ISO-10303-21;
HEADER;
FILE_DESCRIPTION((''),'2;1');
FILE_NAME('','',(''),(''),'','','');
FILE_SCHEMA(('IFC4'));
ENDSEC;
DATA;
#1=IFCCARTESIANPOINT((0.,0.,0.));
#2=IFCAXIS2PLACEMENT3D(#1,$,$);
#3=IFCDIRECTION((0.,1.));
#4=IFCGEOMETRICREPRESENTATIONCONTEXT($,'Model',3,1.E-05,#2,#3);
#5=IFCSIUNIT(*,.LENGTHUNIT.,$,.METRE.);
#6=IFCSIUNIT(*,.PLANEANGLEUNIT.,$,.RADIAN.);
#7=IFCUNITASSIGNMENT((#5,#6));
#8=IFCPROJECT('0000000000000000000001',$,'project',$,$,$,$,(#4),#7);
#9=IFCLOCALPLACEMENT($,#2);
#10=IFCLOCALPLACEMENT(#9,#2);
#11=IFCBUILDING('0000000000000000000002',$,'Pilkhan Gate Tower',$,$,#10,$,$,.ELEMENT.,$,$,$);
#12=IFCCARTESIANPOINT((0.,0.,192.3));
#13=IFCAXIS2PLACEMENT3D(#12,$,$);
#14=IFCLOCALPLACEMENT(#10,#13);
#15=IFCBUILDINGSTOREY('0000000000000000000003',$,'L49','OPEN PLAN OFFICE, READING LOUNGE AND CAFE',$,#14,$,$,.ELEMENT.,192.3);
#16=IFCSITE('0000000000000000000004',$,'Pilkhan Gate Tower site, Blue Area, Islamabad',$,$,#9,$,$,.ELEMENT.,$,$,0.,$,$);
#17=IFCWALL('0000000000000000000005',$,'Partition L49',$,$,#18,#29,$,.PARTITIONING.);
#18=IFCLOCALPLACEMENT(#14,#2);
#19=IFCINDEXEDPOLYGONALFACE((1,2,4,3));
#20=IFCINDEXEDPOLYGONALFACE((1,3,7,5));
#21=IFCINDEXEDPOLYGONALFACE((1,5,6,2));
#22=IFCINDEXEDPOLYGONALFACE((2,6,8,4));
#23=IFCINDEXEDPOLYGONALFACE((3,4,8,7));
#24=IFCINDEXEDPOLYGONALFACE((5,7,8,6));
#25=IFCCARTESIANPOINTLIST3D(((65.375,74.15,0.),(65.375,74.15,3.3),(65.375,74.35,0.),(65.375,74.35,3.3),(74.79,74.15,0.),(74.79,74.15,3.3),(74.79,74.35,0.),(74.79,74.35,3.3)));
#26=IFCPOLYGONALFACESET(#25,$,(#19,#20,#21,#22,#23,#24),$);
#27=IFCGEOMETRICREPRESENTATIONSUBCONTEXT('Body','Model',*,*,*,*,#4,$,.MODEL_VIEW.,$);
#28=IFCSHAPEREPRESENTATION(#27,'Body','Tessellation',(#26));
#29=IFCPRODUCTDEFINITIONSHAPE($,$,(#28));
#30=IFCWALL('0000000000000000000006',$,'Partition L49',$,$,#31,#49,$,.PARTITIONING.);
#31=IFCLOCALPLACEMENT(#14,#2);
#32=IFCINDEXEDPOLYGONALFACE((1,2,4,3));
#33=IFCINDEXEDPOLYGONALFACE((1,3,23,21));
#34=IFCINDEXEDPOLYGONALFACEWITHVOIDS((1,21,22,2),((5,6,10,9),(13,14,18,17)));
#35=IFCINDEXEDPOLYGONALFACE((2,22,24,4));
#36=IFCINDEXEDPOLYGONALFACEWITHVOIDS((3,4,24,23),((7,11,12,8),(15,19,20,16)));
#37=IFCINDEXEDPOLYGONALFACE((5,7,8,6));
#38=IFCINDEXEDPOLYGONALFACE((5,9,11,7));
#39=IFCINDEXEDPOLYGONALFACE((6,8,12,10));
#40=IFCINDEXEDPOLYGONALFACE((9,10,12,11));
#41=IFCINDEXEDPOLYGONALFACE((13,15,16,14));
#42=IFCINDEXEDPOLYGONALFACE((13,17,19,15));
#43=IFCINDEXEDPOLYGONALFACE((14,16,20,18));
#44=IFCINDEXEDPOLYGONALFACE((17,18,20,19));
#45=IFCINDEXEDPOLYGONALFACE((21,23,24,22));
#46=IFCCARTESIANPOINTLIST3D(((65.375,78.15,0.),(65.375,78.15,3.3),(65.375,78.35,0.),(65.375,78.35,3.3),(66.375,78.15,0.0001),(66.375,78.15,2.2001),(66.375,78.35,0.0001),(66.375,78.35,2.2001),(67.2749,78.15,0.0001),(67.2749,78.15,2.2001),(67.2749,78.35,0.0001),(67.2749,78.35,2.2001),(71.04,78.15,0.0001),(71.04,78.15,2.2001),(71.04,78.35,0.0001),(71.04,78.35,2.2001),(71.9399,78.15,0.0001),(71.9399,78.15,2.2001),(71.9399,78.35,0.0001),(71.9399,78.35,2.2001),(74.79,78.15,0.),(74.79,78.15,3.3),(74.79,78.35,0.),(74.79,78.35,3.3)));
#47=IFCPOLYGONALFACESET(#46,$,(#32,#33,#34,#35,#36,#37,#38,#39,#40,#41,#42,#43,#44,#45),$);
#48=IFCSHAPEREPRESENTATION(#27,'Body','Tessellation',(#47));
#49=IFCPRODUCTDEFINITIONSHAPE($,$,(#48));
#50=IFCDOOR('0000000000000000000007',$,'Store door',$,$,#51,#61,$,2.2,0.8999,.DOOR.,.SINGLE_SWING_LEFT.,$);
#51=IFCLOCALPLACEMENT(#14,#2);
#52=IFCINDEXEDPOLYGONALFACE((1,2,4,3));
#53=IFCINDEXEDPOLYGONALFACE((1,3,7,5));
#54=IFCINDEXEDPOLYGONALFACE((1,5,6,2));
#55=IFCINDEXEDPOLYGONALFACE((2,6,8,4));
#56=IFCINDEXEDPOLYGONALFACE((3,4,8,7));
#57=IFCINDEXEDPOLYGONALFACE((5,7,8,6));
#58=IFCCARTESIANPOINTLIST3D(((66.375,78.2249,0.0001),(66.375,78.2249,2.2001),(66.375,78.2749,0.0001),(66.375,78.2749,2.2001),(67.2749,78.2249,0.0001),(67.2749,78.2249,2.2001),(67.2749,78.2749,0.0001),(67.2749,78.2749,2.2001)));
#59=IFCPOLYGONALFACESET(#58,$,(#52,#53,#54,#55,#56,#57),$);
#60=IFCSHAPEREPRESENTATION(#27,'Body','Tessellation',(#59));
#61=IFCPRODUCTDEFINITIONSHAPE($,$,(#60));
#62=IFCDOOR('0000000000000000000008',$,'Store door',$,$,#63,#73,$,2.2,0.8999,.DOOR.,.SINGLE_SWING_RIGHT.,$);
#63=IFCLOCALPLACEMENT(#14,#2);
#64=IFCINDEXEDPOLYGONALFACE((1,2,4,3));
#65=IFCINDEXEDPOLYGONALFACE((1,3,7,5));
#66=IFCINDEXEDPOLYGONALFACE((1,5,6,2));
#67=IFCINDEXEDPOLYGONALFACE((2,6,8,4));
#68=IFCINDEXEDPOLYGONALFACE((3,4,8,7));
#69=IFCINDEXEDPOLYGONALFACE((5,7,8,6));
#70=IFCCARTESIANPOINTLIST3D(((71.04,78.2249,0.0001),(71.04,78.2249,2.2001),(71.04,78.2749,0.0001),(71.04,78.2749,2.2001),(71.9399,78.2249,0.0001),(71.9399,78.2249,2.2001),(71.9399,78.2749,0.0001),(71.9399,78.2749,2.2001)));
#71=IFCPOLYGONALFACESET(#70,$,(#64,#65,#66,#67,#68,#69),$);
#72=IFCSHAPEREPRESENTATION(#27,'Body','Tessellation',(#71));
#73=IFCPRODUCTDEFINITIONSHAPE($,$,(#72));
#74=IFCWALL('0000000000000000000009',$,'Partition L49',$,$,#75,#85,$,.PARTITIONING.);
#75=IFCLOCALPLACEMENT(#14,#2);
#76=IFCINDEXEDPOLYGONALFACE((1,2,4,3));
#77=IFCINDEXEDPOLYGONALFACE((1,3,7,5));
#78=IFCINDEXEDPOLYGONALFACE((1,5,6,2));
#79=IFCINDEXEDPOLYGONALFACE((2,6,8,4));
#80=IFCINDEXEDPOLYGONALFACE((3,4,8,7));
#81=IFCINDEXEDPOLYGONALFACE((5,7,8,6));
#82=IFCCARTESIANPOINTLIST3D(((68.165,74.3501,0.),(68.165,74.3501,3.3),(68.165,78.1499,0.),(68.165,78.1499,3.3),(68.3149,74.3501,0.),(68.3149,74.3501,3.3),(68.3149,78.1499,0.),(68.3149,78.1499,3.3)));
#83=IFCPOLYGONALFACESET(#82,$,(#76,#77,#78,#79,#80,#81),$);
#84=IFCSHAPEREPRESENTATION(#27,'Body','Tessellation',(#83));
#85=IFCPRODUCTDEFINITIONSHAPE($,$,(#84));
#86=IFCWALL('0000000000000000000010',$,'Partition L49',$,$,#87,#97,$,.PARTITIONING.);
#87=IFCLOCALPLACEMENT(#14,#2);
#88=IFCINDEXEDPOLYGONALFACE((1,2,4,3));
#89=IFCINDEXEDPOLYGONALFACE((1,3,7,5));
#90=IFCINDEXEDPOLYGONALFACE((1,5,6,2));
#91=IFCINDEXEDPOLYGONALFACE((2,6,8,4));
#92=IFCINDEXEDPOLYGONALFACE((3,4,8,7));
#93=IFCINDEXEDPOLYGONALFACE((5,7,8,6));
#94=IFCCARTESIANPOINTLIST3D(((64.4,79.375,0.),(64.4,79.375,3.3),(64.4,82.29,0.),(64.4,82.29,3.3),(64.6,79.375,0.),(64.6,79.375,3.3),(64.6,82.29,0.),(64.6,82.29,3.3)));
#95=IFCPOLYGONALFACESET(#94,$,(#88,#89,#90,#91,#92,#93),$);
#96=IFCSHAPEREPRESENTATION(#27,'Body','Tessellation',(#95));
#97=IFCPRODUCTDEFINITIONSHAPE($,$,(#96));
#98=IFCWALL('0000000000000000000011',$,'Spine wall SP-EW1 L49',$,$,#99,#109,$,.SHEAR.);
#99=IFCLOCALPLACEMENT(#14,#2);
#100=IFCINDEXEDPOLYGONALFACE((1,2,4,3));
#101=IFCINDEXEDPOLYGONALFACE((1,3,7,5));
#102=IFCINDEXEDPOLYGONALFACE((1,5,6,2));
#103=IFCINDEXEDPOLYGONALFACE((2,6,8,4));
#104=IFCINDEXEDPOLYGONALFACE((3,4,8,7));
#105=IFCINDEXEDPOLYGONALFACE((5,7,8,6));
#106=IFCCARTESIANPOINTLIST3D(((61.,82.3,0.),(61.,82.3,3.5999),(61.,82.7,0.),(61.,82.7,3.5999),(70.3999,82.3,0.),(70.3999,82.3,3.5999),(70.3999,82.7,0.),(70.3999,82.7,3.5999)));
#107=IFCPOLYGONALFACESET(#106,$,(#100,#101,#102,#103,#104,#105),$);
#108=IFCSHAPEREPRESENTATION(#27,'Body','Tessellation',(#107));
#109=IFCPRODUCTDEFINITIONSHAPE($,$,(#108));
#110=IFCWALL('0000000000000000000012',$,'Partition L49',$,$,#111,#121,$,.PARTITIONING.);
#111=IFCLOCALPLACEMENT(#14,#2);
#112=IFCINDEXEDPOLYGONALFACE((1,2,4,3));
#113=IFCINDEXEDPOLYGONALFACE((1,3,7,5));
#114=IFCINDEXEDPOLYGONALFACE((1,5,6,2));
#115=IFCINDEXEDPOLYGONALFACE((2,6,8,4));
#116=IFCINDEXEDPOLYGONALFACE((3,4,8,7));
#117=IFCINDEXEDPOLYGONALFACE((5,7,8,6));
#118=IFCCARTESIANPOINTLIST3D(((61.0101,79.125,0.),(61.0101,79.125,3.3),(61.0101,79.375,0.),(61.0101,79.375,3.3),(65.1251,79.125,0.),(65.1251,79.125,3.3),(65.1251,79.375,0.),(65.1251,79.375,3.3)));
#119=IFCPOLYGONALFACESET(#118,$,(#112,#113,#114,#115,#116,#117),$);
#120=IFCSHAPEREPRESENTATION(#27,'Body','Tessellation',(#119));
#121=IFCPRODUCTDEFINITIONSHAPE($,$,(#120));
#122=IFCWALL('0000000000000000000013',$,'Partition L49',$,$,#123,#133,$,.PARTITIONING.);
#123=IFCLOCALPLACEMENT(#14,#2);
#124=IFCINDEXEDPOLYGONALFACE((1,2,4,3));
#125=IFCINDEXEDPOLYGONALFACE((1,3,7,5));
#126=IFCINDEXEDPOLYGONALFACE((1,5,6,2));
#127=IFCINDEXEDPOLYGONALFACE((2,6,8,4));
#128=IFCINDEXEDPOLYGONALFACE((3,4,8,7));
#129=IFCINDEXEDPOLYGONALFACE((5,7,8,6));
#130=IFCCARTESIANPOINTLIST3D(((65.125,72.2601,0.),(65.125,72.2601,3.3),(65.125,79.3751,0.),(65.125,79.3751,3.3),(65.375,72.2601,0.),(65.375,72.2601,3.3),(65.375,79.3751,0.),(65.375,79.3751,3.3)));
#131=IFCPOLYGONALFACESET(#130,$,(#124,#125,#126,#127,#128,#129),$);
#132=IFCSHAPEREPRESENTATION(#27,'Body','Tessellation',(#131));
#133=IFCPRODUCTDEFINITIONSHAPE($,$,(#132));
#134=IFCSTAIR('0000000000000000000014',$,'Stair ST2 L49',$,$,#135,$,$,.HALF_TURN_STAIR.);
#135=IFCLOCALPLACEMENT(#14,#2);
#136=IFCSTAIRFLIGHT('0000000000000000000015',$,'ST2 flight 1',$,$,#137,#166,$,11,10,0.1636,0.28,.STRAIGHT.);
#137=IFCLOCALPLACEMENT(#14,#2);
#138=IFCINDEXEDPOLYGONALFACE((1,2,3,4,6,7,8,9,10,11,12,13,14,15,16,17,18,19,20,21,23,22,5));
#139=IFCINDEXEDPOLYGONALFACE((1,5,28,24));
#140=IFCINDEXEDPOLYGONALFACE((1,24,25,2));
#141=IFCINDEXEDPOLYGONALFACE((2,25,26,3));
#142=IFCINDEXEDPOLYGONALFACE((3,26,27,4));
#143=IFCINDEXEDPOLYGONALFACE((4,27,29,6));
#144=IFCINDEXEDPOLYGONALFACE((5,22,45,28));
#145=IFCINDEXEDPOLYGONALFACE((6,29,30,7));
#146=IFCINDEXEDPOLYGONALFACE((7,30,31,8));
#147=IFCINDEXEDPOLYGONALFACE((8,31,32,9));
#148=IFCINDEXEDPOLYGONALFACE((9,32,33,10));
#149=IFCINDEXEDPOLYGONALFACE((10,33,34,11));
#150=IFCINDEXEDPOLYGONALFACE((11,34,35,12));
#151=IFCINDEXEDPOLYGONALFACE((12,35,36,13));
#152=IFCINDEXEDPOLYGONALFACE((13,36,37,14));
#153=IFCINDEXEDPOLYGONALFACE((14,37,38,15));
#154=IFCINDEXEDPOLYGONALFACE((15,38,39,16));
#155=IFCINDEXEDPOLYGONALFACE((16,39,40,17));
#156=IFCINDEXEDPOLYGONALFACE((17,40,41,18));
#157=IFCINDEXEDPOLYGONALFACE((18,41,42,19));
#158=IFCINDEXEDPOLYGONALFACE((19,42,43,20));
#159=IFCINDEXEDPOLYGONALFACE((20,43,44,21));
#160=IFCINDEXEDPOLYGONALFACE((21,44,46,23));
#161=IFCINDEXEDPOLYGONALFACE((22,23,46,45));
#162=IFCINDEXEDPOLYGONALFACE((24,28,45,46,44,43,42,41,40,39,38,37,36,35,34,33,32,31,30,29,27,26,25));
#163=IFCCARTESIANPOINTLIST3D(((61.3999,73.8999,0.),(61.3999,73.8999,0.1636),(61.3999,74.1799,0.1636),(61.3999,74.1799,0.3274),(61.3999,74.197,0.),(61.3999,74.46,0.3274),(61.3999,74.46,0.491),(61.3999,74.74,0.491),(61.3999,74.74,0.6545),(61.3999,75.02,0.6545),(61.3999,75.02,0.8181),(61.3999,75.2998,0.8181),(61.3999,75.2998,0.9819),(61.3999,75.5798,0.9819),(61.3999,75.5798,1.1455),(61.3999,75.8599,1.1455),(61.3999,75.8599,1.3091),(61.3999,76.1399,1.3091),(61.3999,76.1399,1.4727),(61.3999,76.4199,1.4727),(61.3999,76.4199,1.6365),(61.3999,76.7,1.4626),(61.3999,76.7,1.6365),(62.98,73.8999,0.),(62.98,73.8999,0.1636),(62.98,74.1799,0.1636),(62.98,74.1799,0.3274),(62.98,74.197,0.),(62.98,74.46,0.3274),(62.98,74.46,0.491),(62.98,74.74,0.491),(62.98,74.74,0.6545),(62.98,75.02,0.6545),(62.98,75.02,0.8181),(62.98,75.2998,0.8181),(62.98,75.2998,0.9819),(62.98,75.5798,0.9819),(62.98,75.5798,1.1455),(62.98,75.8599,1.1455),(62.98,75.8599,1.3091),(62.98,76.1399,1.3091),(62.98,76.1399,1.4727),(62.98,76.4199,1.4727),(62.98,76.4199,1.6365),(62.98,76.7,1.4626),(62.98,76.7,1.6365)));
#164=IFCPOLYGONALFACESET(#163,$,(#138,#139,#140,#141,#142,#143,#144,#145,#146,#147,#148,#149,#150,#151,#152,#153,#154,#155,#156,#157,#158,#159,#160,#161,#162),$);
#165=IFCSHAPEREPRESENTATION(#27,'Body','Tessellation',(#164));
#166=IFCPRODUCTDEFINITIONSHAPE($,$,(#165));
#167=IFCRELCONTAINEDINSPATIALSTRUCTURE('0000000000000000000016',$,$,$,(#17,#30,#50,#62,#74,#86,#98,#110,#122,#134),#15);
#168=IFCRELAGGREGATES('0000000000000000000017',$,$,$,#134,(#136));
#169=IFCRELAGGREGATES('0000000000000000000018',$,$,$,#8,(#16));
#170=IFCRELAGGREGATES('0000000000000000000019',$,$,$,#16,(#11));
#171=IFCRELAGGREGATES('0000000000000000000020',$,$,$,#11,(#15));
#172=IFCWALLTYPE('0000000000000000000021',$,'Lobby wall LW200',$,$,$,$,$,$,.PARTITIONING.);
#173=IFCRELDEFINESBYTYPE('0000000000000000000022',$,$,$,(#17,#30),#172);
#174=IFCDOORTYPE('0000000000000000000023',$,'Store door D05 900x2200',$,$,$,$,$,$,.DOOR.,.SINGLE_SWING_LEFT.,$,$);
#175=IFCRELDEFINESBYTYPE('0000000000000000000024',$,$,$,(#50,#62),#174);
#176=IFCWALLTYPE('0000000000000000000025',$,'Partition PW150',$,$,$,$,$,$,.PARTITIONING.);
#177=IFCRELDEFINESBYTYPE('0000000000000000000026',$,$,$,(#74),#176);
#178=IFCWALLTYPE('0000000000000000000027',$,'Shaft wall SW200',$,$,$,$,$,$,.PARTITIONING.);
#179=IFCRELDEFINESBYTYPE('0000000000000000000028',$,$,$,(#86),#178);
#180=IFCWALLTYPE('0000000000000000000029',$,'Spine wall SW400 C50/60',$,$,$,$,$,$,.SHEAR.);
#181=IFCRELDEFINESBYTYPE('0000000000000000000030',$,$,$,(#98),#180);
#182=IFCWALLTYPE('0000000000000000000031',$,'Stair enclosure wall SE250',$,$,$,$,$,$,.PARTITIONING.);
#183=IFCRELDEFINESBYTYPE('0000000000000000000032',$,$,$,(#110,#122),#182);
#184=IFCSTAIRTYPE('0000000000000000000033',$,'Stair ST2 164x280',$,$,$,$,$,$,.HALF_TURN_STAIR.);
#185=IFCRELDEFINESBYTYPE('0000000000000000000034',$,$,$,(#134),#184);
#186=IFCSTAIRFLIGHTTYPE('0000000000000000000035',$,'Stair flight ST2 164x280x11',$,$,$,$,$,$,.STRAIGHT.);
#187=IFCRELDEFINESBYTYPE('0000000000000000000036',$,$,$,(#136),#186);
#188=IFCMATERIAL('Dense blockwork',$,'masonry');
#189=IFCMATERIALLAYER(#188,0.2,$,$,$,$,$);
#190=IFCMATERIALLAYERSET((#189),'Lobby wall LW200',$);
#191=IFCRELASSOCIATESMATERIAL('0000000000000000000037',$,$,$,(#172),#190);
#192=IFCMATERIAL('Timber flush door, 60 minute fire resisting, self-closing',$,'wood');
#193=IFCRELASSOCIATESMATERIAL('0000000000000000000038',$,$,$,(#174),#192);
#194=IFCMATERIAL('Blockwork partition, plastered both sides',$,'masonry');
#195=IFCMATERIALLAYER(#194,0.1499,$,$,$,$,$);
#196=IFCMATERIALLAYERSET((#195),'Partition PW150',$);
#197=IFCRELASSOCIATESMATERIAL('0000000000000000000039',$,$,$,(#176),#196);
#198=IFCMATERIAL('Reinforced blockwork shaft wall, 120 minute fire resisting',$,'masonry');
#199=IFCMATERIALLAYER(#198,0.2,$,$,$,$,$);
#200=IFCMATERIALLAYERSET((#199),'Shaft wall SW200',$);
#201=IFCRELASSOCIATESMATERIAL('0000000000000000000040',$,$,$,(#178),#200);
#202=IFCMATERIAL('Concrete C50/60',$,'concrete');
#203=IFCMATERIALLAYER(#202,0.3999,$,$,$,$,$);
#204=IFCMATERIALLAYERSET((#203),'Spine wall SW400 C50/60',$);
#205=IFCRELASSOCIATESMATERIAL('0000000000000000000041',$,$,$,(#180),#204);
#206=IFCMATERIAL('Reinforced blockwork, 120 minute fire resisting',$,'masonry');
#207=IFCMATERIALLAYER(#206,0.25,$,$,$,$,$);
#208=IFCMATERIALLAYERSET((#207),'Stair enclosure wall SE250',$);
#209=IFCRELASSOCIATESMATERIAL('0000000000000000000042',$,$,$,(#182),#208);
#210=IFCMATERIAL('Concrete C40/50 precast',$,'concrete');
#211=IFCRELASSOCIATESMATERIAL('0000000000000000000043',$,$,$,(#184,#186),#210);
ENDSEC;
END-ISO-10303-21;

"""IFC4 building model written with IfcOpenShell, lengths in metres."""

from ifc_helpers import new_model, si_unit, direction, frame, frame_2d, origin, place, context, subcontext, project, spatial, polyline, rectangle, outline, extrude, material, layer, layer_set, type_object, element, fill, aggregate, save


model = new_model("IFC4")

# Units and contexts
model_context = context("Model", 3, precision=1e-05, world=origin(), true_north=direction((0.0, 1.0)))
body_context = subcontext(model_context, "Body", "Model", "MODEL_VIEW")
ifc_project = project(units=[si_unit("LENGTHUNIT", "METRE"), si_unit("PLANEANGLEUNIT", "RADIAN")], contexts=[model_context])

# Site, building, storey
site_placement = place(None, origin())
site = spatial("IfcSite", under=ifc_project, at=site_placement, Name="Pilkhan Gate Tower site, Blue Area, Islamabad", CompositionType="ELEMENT", RefElevation=0.0)
building_placement = place(site_placement, origin())
building = spatial("IfcBuilding", under=site, at=building_placement, Name="Pilkhan Gate Tower", CompositionType="ELEMENT")
storey_placement = place(building_placement, frame((0.0, 0.0, 192.3)))
storey = spatial("IfcBuildingStorey", under=building, at=storey_placement, Name="L49", Description="OPEN PLAN OFFICE, READING LOUNGE AND CAFE", CompositionType="ELEMENT", Elevation=192.3)

# Wall
ifc_material_1 = material(Name="Dense blockwork", Category="masonry")
ifc_layer_1 = layer(ifc_material_1, 0.2)
ifc_layer_set_1 = layer_set([ifc_layer_1], Name="Lobby wall LW200")
wall_type_1 = type_object("IfcWallType", Name="Lobby wall LW200", PredefinedType="PARTITIONING", material=ifc_layer_set_1)
wall_1_placement = place(storey_placement, frame((65.375, 74.25, 0.0), z_axis=(0.0, 0.0, 1.0), x_axis=(1.0, 0.0, 0.0)))
element("IfcWall", 1, at=wall_1_placement, inside=storey, type_object=wall_type_1, Name="Partition L49", PredefinedType="PARTITIONING", context=body_context, shape_type="SweptSolid", body=[
    extrude(rectangle(XDim=9.415, YDim=0.2, at=frame_2d((4.7075, 0.0))), origin(), (0.0, 0.0, 1.0), 3.3),
])

# Wall, openings, doors
wall_2_placement = place(storey_placement, frame((65.375, 78.25, 0.0), z_axis=(0.0, 0.0, 1.0), x_axis=(1.0, 0.0, 0.0)))
wall_2 = element("IfcWall", 2, at=wall_2_placement, inside=storey, type_object=wall_type_1, Name="Partition L49", PredefinedType="PARTITIONING", context=body_context, shape_type="SweptSolid", body=[
    extrude(rectangle(XDim=9.415, YDim=0.2, at=frame_2d((4.7075, 0.0))), origin(), (0.0, 0.0, 1.0), 3.3),
])
opening_1_placement = place(wall_2_placement, frame((1.0, 0.0, 0.0)))
opening_1 = element("IfcOpeningElement", 3, at=opening_1_placement, cuts=wall_2, PredefinedType="OPENING", context=body_context, shape_type="SweptSolid", body=[
    extrude(rectangle(XDim=0.8999, YDim=2.2, at=frame_2d((0.45, 1.1001))), frame((0.0, 0.1099, 0.0), z_axis=(0.0, -1.0, 0.0), x_axis=(1.0, 0.0, 0.0)), (0.0, 0.0, 1.0), 0.22),
])
opening_2_placement = place(wall_2_placement, frame((5.665, 0.0, 0.0)))
opening_2 = element("IfcOpeningElement", 4, at=opening_2_placement, cuts=wall_2, PredefinedType="OPENING", context=body_context, shape_type="SweptSolid", body=[
    extrude(rectangle(XDim=0.8999, YDim=2.2, at=frame_2d((0.45, 1.1001))), frame((0.0, 0.1099, 0.0), z_axis=(0.0, -1.0, 0.0), x_axis=(1.0, 0.0, 0.0)), (0.0, 0.0, 1.0), 0.22),
])
ifc_material_2 = material(Name="Timber flush door, 60 minute fire resisting, self-closing", Category="wood")
door_type = type_object("IfcDoorType", Name="Store door D05 900x2200", OperationType="SINGLE_SWING_LEFT", PredefinedType="DOOR", material=ifc_material_2)
door_1_placement = place(opening_1_placement, origin())
door_1 = element("IfcDoor", 5, at=door_1_placement, inside=storey, type_object=door_type, Name="Store door", OperationType="SINGLE_SWING_LEFT", OverallHeight=2.2, OverallWidth=0.8999, PredefinedType="DOOR", context=body_context, shape_type="SweptSolid", body=[
    extrude(rectangle(XDim=0.8999, YDim=2.2, at=frame_2d((0.45, 1.1001))), frame((0.0, 0.0249, 0.0), z_axis=(0.0, -1.0, 0.0), x_axis=(1.0, 0.0, 0.0)), (0.0, 0.0, 1.0), 0.05),
])
fill(opening_1, door_1)
door_2_placement = place(opening_2_placement, origin())
door_2 = element("IfcDoor", 6, at=door_2_placement, inside=storey, type_object=door_type, Name="Store door", OperationType="SINGLE_SWING_RIGHT", OverallHeight=2.2, OverallWidth=0.8999, PredefinedType="DOOR", context=body_context, shape_type="SweptSolid", body=[
    extrude(rectangle(XDim=0.8999, YDim=2.2, at=frame_2d((0.45, 1.1001))), frame((0.0, 0.0249, 0.0), z_axis=(0.0, -1.0, 0.0), x_axis=(1.0, 0.0, 0.0)), (0.0, 0.0, 1.0), 0.05),
])
fill(opening_2, door_2)

# Walls
ifc_material_3 = material(Name="Blockwork partition, plastered both sides", Category="masonry")
ifc_layer_2 = layer(ifc_material_3, 0.1499)
ifc_layer_set_2 = layer_set([ifc_layer_2], Name="Partition PW150")
wall_type_2 = type_object("IfcWallType", Name="Partition PW150", PredefinedType="PARTITIONING", material=ifc_layer_set_2)
wall_3_placement = place(storey_placement, frame((68.24, 74.3501, 0.0), z_axis=(0.0, 0.0, 1.0), x_axis=(0.0, 1.0, 0.0)))
element("IfcWall", 7, at=wall_3_placement, inside=storey, type_object=wall_type_2, Name="Partition L49", PredefinedType="PARTITIONING", context=body_context, shape_type="SweptSolid", body=[
    extrude(rectangle(XDim=3.7998, YDim=0.1499, at=frame_2d((1.8999, 0.0))), origin(), (0.0, 0.0, 1.0), 3.3),
])
ifc_material_4 = material(Name="Reinforced blockwork shaft wall, 120 minute fire resisting", Category="masonry")
ifc_layer_3 = layer(ifc_material_4, 0.2)
ifc_layer_set_3 = layer_set([ifc_layer_3], Name="Shaft wall SW200")
wall_type_3 = type_object("IfcWallType", Name="Shaft wall SW200", PredefinedType="PARTITIONING", material=ifc_layer_set_3)
wall_4_placement = place(storey_placement, frame((64.5, 79.375, 0.0), z_axis=(0.0, 0.0, 1.0), x_axis=(0.0, 1.0, 0.0)))
element("IfcWall", 8, at=wall_4_placement, inside=storey, type_object=wall_type_3, Name="Partition L49", PredefinedType="PARTITIONING", context=body_context, shape_type="SweptSolid", body=[
    extrude(rectangle(XDim=2.915, YDim=0.2, at=frame_2d((1.4575, 0.0))), origin(), (0.0, 0.0, 1.0), 3.3),
])
ifc_material_5 = material(Name="Concrete C50/60", Category="concrete")
ifc_layer_4 = layer(ifc_material_5, 0.3999)
ifc_layer_set_4 = layer_set([ifc_layer_4], Name="Spine wall SW400 C50/60")
wall_type_4 = type_object("IfcWallType", Name="Spine wall SW400 C50/60", PredefinedType="SHEAR", material=ifc_layer_set_4)
wall_5_placement = place(storey_placement, frame((61.0, 82.5, 0.0), z_axis=(0.0, 0.0, 1.0), x_axis=(1.0, 0.0, 0.0)))
element("IfcWall", 9, at=wall_5_placement, inside=storey, type_object=wall_type_4, Name="Spine wall SP-EW1 L49", PredefinedType="SHEAR", context=body_context, shape_type="SweptSolid", body=[
    extrude(rectangle(XDim=9.3999, YDim=0.3999, at=frame_2d((4.7, 0.0))), origin(), (0.0, 0.0, 1.0), 3.5999),
])
ifc_material_6 = material(Name="Reinforced blockwork, 120 minute fire resisting", Category="masonry")
ifc_layer_5 = layer(ifc_material_6, 0.25)
ifc_layer_set_5 = layer_set([ifc_layer_5], Name="Stair enclosure wall SE250")
wall_type_5 = type_object("IfcWallType", Name="Stair enclosure wall SE250", PredefinedType="PARTITIONING", material=ifc_layer_set_5)
wall_6_placement = place(storey_placement, frame((61.01, 79.25, 0.0), z_axis=(0.0, 0.0, 1.0), x_axis=(1.0, 0.0, 0.0)))
element("IfcWall", 10, at=wall_6_placement, inside=storey, type_object=wall_type_5, Name="Partition L49", PredefinedType="PARTITIONING", context=body_context, shape_type="SweptSolid", body=[
    extrude(rectangle(XDim=4.115, YDim=0.25, at=frame_2d((2.0576, 0.0))), origin(), (0.0, 0.0, 1.0), 3.3),
])
wall_7_placement = place(storey_placement, frame((65.25, 72.26, 0.0), z_axis=(0.0, 0.0, 1.0), x_axis=(0.0, 1.0, 0.0)))
element("IfcWall", 11, at=wall_7_placement, inside=storey, type_object=wall_type_5, Name="Partition L49", PredefinedType="PARTITIONING", context=body_context, shape_type="SweptSolid", body=[
    extrude(rectangle(XDim=7.115, YDim=0.25, at=frame_2d((3.5576, 0.0))), origin(), (0.0, 0.0, 1.0), 3.3),
])

# Stair, stair flight
ifc_material_7 = material(Name="Concrete C40/50 precast", Category="concrete")
stair_type = type_object("IfcStairType", Name="Stair ST2 164x280", PredefinedType="HALF_TURN_STAIR", material=ifc_material_7)
stair_placement = place(storey_placement, origin())
stair = element("IfcStair", 12, at=stair_placement, inside=storey, type_object=stair_type, Name="Stair ST2 L49", PredefinedType="HALF_TURN_STAIR")
stair_flight_type = type_object("IfcStairFlightType", Name="Stair flight ST2 164x280x11", PredefinedType="STRAIGHT", material=ifc_material_7)
stair_flight_1_placement = place(storey_placement, frame((62.1899, 73.8999, 0.0), z_axis=(0.0, 0.0, 1.0), x_axis=(0.0, 1.0, 0.0)))
stair_flight_1 = element("IfcStairFlight", 13, at=stair_flight_1_placement, type_object=stair_flight_type, Name="ST2 flight 1", NumberOfRisers=11, NumberOfTreads=10, PredefinedType="STRAIGHT", RiserHeight=0.1636, TreadLength=0.28, context=body_context, shape_type="SweptSolid", body=[
    extrude(outline(polyline([(0.0, 0.0), (0.0, 0.1636), (0.28, 0.1636), (0.28, 0.3274), (0.5601, 0.3274), (0.5601, 0.491), (0.8401, 0.491), (0.8401, 0.6545), (1.1201, 0.6545), (1.1201, 0.8181), (1.3999, 0.8181), (1.3999, 0.9819), (1.6799, 0.9819), (1.6799, 1.1455), (1.96, 1.1455), (1.96, 1.3091), (2.24, 1.3091), (2.24, 1.4727), (2.52, 1.4727), (2.52, 1.6365), (2.8, 1.6365), (2.8, 1.8), (2.8, 1.4626), (0.2971, 0.0), (0.0, 0.0)])), frame((0.0, 0.79, 0.0), z_axis=(0.0, -1.0, 0.0), x_axis=(1.0, 0.0, 0.0)), (0.0, 0.0, 1.0), 1.5801),
])
aggregate(stair, [stair_flight_1])

save(model, "model.ifc")
